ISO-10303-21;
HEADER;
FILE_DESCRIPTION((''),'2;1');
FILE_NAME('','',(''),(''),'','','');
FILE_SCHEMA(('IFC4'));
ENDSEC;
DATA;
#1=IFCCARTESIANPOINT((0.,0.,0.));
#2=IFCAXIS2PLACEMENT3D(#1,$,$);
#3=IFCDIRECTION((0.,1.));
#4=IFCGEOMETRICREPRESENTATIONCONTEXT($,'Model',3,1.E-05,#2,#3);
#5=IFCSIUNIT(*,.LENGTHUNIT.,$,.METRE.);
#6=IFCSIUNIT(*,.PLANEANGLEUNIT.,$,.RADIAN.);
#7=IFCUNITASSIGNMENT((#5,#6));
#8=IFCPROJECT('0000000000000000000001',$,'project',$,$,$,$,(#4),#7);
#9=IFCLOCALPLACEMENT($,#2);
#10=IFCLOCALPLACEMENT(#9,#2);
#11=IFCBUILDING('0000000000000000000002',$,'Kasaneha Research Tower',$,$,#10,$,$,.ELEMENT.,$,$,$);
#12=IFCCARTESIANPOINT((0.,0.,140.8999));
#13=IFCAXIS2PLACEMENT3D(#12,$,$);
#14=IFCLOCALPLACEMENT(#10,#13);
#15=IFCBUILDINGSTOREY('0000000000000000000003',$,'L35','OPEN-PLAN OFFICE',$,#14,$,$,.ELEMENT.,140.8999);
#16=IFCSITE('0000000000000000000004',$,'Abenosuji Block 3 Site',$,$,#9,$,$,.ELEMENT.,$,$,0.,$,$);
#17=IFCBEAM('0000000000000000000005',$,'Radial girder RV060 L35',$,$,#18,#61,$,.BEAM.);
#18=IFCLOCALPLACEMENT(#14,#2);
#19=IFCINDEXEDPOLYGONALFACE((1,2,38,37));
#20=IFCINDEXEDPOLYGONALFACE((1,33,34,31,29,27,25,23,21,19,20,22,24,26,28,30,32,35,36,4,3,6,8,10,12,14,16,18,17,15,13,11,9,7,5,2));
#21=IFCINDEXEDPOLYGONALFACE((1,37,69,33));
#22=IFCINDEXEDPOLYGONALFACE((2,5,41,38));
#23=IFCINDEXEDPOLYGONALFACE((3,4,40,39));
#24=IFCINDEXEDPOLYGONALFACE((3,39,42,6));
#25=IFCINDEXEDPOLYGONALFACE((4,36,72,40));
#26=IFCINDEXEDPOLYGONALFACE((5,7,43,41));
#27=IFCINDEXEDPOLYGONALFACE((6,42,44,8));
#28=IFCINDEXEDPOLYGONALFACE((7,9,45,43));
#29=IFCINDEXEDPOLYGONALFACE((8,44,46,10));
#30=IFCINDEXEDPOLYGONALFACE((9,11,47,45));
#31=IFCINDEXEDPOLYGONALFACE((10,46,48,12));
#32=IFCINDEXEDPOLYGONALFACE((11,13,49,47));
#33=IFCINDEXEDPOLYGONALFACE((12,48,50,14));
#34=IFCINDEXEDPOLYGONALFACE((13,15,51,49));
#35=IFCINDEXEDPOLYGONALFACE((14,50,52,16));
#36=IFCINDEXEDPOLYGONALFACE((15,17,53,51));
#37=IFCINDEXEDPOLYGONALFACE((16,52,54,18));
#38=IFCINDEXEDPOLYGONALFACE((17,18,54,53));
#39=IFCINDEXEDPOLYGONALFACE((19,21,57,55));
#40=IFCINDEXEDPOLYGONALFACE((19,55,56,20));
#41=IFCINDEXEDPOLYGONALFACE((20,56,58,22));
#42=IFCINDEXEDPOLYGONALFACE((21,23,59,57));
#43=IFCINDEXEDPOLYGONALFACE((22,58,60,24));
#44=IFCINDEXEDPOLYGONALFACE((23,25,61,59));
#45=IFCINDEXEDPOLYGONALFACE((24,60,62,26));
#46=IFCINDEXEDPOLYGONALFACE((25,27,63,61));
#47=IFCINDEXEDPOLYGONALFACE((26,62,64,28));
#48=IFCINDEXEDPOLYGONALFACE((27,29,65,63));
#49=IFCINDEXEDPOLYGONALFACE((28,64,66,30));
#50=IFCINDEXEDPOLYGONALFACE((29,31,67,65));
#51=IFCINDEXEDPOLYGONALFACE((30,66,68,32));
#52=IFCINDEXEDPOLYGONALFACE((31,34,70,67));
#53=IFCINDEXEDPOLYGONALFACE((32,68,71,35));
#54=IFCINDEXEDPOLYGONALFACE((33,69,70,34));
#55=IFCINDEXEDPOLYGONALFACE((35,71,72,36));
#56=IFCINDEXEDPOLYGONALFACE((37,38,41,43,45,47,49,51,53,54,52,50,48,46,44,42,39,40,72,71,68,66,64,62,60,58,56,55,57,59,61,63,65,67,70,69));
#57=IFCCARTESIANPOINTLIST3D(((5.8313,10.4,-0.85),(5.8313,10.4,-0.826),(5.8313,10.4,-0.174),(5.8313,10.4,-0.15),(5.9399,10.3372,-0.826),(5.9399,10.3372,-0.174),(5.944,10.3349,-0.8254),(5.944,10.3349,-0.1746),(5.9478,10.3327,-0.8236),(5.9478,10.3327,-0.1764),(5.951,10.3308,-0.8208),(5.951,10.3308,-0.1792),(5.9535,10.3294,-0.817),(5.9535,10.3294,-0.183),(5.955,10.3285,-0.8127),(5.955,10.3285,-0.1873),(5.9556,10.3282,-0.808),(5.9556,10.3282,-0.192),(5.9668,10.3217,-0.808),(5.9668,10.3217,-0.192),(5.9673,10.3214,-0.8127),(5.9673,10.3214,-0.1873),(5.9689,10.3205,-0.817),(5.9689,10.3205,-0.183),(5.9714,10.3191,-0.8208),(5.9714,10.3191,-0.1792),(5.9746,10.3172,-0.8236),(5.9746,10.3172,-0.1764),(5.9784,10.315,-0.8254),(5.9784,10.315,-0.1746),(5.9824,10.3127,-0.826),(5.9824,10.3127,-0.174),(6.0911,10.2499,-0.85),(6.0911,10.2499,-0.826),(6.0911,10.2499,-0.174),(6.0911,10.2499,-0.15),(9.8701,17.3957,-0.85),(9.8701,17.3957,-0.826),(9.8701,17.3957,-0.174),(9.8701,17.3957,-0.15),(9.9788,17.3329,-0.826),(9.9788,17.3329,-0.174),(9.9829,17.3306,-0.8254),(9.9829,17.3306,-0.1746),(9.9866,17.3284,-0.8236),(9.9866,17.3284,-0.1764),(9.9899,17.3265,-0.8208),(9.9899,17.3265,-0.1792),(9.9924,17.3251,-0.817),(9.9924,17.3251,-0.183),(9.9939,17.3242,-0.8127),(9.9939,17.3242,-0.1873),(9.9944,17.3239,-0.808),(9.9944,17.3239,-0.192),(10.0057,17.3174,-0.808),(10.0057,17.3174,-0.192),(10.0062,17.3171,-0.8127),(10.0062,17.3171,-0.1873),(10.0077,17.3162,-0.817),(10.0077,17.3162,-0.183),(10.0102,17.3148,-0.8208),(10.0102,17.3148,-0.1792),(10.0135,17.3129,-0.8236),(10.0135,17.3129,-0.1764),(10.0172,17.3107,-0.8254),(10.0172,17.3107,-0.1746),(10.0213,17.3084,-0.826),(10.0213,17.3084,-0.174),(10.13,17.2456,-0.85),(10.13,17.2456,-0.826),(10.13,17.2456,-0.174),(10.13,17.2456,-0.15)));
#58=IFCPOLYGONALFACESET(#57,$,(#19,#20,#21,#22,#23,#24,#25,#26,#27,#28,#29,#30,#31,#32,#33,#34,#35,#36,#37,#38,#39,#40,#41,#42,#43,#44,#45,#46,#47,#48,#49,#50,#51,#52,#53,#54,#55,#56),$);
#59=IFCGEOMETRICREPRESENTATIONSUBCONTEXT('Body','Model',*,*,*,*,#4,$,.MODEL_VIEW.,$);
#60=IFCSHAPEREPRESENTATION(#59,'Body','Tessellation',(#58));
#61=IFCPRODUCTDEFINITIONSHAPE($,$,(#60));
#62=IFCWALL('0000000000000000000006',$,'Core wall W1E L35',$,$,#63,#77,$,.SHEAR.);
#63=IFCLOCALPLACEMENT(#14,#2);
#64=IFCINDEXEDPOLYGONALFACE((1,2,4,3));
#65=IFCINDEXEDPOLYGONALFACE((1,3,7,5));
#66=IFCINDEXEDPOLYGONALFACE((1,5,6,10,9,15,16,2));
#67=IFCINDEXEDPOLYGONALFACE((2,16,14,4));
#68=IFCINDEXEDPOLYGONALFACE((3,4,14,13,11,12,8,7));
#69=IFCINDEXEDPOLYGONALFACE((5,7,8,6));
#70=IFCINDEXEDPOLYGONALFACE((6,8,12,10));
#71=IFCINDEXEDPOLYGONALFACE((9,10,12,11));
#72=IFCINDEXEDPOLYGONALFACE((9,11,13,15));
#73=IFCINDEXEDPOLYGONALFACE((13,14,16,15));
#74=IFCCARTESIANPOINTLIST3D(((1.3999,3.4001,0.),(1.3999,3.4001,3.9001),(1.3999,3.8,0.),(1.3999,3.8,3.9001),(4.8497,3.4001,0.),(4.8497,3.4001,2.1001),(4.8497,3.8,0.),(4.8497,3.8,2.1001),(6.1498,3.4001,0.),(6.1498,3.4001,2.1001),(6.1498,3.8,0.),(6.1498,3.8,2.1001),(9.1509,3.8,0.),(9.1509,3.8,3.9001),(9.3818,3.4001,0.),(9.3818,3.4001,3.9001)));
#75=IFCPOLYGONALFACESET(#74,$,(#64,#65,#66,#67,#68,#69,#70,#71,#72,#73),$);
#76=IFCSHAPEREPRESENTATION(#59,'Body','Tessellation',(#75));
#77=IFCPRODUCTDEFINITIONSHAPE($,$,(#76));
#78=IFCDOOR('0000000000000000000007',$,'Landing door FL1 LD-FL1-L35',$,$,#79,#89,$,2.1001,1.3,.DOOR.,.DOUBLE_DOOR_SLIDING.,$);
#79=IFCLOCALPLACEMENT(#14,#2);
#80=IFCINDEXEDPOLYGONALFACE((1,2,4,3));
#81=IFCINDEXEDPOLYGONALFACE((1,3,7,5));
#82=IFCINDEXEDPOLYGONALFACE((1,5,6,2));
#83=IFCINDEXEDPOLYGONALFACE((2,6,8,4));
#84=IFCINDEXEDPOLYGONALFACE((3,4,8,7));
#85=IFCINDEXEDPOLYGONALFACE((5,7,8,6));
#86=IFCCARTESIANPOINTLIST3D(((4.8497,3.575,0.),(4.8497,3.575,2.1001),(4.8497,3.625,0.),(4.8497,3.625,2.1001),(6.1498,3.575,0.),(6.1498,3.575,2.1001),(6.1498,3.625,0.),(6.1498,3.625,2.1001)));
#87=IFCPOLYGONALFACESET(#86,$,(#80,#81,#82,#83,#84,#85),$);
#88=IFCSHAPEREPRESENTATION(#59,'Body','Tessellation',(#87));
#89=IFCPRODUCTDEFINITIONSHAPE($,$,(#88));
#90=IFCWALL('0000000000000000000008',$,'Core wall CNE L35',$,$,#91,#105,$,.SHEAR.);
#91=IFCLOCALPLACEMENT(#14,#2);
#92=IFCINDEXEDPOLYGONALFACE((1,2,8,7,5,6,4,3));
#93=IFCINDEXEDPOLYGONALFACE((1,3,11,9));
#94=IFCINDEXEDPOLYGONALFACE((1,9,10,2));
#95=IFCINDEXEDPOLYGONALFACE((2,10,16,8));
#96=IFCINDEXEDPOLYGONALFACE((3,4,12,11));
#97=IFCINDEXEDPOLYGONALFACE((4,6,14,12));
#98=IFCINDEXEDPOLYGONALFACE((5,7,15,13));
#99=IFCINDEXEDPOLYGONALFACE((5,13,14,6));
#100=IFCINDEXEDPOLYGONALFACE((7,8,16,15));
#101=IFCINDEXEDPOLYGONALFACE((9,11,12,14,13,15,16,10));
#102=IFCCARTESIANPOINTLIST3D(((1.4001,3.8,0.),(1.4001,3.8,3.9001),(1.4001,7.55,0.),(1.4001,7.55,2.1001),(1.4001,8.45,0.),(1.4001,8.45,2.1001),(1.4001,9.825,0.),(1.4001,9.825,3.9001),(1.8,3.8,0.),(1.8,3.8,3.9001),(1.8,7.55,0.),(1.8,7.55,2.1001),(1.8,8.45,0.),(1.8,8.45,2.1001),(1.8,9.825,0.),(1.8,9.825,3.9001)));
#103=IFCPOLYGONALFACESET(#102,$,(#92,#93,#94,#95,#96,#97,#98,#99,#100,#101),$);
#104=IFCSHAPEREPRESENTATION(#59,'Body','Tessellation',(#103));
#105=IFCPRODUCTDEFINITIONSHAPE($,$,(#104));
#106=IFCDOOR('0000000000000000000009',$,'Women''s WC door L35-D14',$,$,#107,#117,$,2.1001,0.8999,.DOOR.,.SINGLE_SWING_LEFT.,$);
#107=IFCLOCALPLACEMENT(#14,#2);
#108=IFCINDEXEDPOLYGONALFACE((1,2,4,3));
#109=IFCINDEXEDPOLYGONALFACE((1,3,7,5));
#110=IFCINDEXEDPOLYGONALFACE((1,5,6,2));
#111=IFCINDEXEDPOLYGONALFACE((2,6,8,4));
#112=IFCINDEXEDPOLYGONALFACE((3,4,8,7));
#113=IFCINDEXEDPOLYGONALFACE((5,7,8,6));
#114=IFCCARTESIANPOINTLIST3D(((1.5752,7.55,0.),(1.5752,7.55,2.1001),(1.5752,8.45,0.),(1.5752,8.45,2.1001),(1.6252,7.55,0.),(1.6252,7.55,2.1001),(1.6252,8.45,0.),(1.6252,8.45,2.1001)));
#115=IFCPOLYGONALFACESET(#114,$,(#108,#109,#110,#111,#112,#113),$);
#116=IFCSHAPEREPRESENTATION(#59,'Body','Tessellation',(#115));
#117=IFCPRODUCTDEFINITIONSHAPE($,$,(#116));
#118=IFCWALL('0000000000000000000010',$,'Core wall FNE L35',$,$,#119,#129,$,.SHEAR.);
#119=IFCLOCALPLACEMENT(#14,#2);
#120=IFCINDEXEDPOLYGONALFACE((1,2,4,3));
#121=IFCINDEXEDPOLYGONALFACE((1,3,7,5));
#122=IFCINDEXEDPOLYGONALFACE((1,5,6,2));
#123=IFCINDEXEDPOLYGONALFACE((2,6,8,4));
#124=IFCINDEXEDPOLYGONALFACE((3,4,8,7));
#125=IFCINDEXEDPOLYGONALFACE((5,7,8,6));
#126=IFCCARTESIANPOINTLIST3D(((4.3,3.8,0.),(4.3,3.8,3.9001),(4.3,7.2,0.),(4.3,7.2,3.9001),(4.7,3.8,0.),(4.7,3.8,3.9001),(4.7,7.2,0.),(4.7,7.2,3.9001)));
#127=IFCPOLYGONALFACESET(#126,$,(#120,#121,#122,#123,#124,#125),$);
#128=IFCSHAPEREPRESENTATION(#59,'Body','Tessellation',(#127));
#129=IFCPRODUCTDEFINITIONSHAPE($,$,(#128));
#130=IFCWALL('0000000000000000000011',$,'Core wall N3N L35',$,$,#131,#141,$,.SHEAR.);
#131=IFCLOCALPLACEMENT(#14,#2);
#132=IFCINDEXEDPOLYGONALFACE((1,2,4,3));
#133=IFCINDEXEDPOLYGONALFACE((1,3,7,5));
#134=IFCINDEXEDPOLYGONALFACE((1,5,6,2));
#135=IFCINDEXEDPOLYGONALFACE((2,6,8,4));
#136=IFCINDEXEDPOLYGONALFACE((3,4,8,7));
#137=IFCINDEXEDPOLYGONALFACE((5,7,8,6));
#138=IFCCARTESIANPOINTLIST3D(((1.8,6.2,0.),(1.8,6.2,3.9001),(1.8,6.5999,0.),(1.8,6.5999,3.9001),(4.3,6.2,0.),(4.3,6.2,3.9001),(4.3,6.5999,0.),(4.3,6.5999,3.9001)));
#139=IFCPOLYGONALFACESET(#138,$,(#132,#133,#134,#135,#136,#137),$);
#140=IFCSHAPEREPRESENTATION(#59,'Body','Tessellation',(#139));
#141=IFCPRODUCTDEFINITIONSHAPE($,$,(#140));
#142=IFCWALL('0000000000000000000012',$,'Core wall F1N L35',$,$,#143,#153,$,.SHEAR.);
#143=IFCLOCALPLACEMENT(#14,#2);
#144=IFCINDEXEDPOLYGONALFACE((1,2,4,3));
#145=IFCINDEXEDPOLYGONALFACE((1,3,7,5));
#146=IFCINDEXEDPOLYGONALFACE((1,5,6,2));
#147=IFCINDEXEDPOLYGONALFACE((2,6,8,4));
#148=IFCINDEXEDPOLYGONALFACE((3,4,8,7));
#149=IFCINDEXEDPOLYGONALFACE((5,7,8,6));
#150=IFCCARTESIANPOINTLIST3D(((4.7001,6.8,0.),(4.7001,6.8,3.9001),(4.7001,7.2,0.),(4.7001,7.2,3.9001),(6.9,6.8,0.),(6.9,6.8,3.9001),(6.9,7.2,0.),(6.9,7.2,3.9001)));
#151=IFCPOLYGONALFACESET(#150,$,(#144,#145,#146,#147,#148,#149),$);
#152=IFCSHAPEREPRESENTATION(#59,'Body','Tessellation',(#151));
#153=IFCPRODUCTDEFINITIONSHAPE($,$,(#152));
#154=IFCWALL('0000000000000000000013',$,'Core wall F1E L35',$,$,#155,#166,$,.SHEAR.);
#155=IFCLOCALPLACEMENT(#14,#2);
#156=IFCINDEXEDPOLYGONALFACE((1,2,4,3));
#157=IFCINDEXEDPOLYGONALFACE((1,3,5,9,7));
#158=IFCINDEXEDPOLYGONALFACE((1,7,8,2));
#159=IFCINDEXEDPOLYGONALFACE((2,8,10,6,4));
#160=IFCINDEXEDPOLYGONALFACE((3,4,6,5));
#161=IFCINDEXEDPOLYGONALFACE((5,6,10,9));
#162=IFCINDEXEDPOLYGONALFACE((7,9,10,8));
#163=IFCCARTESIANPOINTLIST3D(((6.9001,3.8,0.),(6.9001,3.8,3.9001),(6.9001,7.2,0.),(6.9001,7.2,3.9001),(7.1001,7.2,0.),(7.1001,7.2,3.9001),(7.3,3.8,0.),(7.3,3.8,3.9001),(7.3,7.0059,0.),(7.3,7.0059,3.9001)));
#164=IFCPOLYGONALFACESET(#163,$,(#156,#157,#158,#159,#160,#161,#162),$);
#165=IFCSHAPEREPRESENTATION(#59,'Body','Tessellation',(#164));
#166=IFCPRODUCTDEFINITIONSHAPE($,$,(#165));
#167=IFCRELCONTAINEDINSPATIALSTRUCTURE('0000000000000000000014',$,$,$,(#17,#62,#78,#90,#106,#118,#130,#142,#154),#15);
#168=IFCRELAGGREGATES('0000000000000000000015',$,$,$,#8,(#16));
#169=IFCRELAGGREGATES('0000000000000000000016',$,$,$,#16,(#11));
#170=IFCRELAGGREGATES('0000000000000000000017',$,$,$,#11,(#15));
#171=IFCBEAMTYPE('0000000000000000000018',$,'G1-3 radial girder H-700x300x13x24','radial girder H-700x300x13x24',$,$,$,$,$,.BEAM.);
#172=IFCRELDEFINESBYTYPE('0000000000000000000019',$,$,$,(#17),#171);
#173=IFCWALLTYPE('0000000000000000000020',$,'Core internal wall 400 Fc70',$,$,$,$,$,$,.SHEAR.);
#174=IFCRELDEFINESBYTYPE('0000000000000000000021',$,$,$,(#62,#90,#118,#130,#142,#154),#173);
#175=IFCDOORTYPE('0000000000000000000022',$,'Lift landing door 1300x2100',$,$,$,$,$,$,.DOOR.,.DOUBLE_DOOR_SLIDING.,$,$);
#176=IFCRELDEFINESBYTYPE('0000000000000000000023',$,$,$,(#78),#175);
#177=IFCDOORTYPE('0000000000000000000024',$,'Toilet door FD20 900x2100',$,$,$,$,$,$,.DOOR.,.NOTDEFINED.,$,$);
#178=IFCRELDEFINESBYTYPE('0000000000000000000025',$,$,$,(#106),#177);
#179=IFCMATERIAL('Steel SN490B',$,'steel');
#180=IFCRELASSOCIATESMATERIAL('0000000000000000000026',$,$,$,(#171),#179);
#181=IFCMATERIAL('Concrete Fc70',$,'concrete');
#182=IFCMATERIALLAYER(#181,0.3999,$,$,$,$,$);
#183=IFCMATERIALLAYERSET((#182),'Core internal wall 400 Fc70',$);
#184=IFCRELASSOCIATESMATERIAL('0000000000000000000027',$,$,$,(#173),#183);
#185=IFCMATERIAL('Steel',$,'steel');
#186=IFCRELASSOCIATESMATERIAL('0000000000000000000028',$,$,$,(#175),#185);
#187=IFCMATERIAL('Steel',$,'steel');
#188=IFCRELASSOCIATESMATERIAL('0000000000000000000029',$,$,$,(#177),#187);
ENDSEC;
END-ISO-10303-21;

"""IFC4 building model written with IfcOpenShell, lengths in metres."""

from ifc_helpers import new_model, si_unit, direction, frame, frame_2d, origin, origin_2d, place, context, subcontext, project, spatial, polyline, rectangle, i_section, outline, extrude, material, layer, layer_set, material_profile, profile_set, type_object, element, fill, save


model = new_model("IFC4")

# Units and contexts
model_context = context("Model", 3, precision=1e-05, world=origin(), true_north=direction((0.0, 1.0)))
body_context = subcontext(model_context, "Body", "Model", "MODEL_VIEW")
ifc_project = project(units=[si_unit("LENGTHUNIT", "METRE"), si_unit("PLANEANGLEUNIT", "RADIAN")], contexts=[model_context])

# Site, building, storey
site_placement = place(None, origin())
site = spatial("IfcSite", under=ifc_project, at=site_placement, Name="Abenosuji Block 3 Site", CompositionType="ELEMENT", RefElevation=0.0)
building_placement = place(site_placement, origin())
building = spatial("IfcBuilding", under=site, at=building_placement, Name="Kasaneha Research Tower", CompositionType="ELEMENT")
storey_placement = place(building_placement, frame((0.0, 0.0, 140.8999)))
storey = spatial("IfcBuildingStorey", under=building, at=storey_placement, Name="L35", Description="OPEN-PLAN OFFICE", CompositionType="ELEMENT", Elevation=140.8999)

# Beam
ifc_material_1 = material(Name="Steel SN490B", Category="steel")
ifc_material_profile = material_profile(ifc_material_1, i_section(OverallWidth=0.3, OverallDepth=0.7, WebThickness=0.0129, FlangeThickness=0.0239, FilletRadius=0.0181, at=origin_2d()), Name="H-700x300x13x24")
ifc_profile_set = profile_set([ifc_material_profile], Name="Steel SN490B")
beam_type = type_object("IfcBeamType", Name="G1-3 radial girder H-700x300x13x24", Description="radial girder H-700x300x13x24", PredefinedType="BEAM", material=ifc_profile_set)
beam_placement = place(storey_placement, frame((5.9612, 10.325, -0.5), z_axis=(0.499991, 0.866031, 0.0), x_axis=(-0.866031, 0.499991, 0.0)))
element("IfcBeam", 1, at=beam_placement, inside=storey, type_object=beam_type, Name="Radial girder RV060 L35", PredefinedType="BEAM", context=body_context, shape_type="SweptSolid", body=[
    extrude(i_section(OverallWidth=0.3, OverallDepth=0.7, WebThickness=0.0129, FlangeThickness=0.0239, FilletRadius=0.0181, at=origin_2d()), origin(), (0.0, 0.0, 1.0), 8.0779),
])

# Walls, openings, doors
ifc_material_2 = material(Name="Concrete Fc70", Category="concrete")
ifc_layer_1 = layer(ifc_material_2, 0.3999)
ifc_layer_set_1 = layer_set([ifc_layer_1], Name="Core internal wall 400 Fc70")
wall_type_1 = type_object("IfcWallType", Name="Core internal wall 400 Fc70", PredefinedType="SHEAR", material=ifc_layer_set_1)
wall_1_placement = place(storey_placement, frame((1.3999, 3.6001, 0.0), z_axis=(0.0, 0.0, 1.0), x_axis=(1.0, 0.0, 0.0)))
wall_1 = element("IfcWall", 2, at=wall_1_placement, inside=storey, type_object=wall_type_1, Name="Core wall W1E L35", PredefinedType="SHEAR", context=body_context, shape_type="SweptSolid", body=[
    extrude(outline(polyline([(0.0, -0.2), (3.45, -0.2), (4.75, -0.2), (7.9819, -0.2), (7.751, 0.2), (4.75, 0.2), (3.45, 0.2), (0.0, 0.2), (0.0, -0.2)])), origin(), (0.0, 0.0, 1.0), 3.9001),
])
opening_1_placement = place(wall_1_placement, frame((3.45, 0.0, 0.0)))
opening_1 = element("IfcOpeningElement", 3, at=opening_1_placement, cuts=wall_1, PredefinedType="OPENING", context=body_context, shape_type="SweptSolid", body=[
    extrude(rectangle(XDim=1.3, YDim=2.1001, at=frame_2d((0.6499, 1.05))), frame((0.0, 0.21, 0.0), z_axis=(0.0, -1.0, 0.0), x_axis=(1.0, 0.0, 0.0)), (0.0, 0.0, 1.0), 0.4199),
])
ifc_material_3 = material(Name="Steel", Category="steel")
door_type_1 = type_object("IfcDoorType", Name="Lift landing door 1300x2100", OperationType="DOUBLE_DOOR_SLIDING", PredefinedType="DOOR", material=ifc_material_3)
door_1_placement = place(opening_1_placement, origin())
door_1 = element("IfcDoor", 4, at=door_1_placement, inside=storey, type_object=door_type_1, Name="Landing door FL1 LD-FL1-L35", OperationType="DOUBLE_DOOR_SLIDING", OverallHeight=2.1001, OverallWidth=1.3, PredefinedType="DOOR", context=body_context, shape_type="SweptSolid", body=[
    extrude(rectangle(XDim=1.3, YDim=2.1001, at=frame_2d((0.6499, 1.05))), frame((0.0, 0.0249, 0.0), z_axis=(0.0, -1.0, 0.0), x_axis=(1.0, 0.0, 0.0)), (0.0, 0.0, 1.0), 0.05),
])
fill(opening_1, door_1)
wall_2_placement = place(storey_placement, frame((1.6001, 3.8, 0.0), z_axis=(0.0, 0.0, 1.0), x_axis=(0.0, 1.0, 0.0)))
wall_2 = element("IfcWall", 5, at=wall_2_placement, inside=storey, type_object=wall_type_1, Name="Core wall CNE L35", PredefinedType="SHEAR", context=body_context, shape_type="SweptSolid", body=[
    extrude(rectangle(XDim=6.0249, YDim=0.3999, at=frame_2d((3.0125, 0.0))), origin(), (0.0, 0.0, 1.0), 3.9001),
])
opening_2_placement = place(wall_2_placement, frame((3.75, 0.0, 0.0)))
opening_2 = element("IfcOpeningElement", 6, at=opening_2_placement, cuts=wall_2, PredefinedType="OPENING", context=body_context, shape_type="SweptSolid", body=[
    extrude(rectangle(XDim=0.8999, YDim=2.1001, at=frame_2d((0.45, 1.05))), frame((0.0, 0.21, 0.0), z_axis=(0.0, -1.0, 0.0), x_axis=(1.0, 0.0, 0.0)), (0.0, 0.0, 1.0), 0.4199),
])
ifc_material_4 = material(Name="Steel", Category="steel")
door_type_2 = type_object("IfcDoorType", Name="Toilet door FD20 900x2100", OperationType="NOTDEFINED", PredefinedType="DOOR", material=ifc_material_4)
door_2_placement = place(opening_2_placement, origin())
door_2 = element("IfcDoor", 7, at=door_2_placement, inside=storey, type_object=door_type_2, Name="Women's WC door L35-D14", OperationType="SINGLE_SWING_LEFT", OverallHeight=2.1001, OverallWidth=0.8999, PredefinedType="DOOR", context=body_context, shape_type="SweptSolid", body=[
    extrude(rectangle(XDim=0.8999, YDim=2.1001, at=frame_2d((0.45, 1.05))), frame((0.0, 0.0249, 0.0), z_axis=(0.0, -1.0, 0.0), x_axis=(1.0, 0.0, 0.0)), (0.0, 0.0, 1.0), 0.05),
])
fill(opening_2, door_2)

# Walls
wall_3_placement = place(storey_placement, frame((4.5, 3.8, 0.0), z_axis=(0.0, 0.0, 1.0), x_axis=(0.0, 1.0, 0.0)))
element("IfcWall", 8, at=wall_3_placement, inside=storey, type_object=wall_type_1, Name="Core wall FNE L35", PredefinedType="SHEAR", context=body_context, shape_type="SweptSolid", body=[
    extrude(rectangle(XDim=3.3999, YDim=0.3999, at=frame_2d((1.7, 0.0))), origin(), (0.0, 0.0, 1.0), 3.9001),
])
wall_4_placement = place(storey_placement, frame((1.8, 6.3999, 0.0), z_axis=(0.0, 0.0, 1.0), x_axis=(1.0, 0.0, 0.0)))
element("IfcWall", 9, at=wall_4_placement, inside=storey, type_object=wall_type_1, Name="Core wall N3N L35", PredefinedType="SHEAR", context=body_context, shape_type="SweptSolid", body=[
    extrude(rectangle(XDim=2.5, YDim=0.3999, at=frame_2d((1.25, 0.0))), origin(), (0.0, 0.0, 1.0), 3.9001),
])
wall_5_placement = place(storey_placement, frame((4.7, 7.0, 0.0), z_axis=(0.0, 0.0, 1.0), x_axis=(1.0, 0.0, 0.0)))
element("IfcWall", 10, at=wall_5_placement, inside=storey, type_object=wall_type_1, Name="Core wall F1N L35", PredefinedType="SHEAR", context=body_context, shape_type="SweptSolid", body=[
    extrude(rectangle(XDim=2.2, YDim=0.3999, at=frame_2d((1.1001, 0.0))), origin(), (0.0, 0.0, 1.0), 3.9001),
])
wall_6_placement = place(storey_placement, frame((7.1001, 3.8, 0.0), z_axis=(0.0, 0.0, 1.0), x_axis=(0.0, 1.0, 0.0)))
element("IfcWall", 11, at=wall_6_placement, inside=storey, type_object=wall_type_1, Name="Core wall F1E L35", PredefinedType="SHEAR", context=body_context, shape_type="SweptSolid", body=[
    extrude(outline(polyline([(0.0, -0.2), (3.2058, -0.2), (3.3999, 0.0), (3.3999, 0.2), (0.0, 0.2), (0.0, -0.2)])), origin(), (0.0, 0.0, 1.0), 3.9001),
])

save(model, "model.ifc")
